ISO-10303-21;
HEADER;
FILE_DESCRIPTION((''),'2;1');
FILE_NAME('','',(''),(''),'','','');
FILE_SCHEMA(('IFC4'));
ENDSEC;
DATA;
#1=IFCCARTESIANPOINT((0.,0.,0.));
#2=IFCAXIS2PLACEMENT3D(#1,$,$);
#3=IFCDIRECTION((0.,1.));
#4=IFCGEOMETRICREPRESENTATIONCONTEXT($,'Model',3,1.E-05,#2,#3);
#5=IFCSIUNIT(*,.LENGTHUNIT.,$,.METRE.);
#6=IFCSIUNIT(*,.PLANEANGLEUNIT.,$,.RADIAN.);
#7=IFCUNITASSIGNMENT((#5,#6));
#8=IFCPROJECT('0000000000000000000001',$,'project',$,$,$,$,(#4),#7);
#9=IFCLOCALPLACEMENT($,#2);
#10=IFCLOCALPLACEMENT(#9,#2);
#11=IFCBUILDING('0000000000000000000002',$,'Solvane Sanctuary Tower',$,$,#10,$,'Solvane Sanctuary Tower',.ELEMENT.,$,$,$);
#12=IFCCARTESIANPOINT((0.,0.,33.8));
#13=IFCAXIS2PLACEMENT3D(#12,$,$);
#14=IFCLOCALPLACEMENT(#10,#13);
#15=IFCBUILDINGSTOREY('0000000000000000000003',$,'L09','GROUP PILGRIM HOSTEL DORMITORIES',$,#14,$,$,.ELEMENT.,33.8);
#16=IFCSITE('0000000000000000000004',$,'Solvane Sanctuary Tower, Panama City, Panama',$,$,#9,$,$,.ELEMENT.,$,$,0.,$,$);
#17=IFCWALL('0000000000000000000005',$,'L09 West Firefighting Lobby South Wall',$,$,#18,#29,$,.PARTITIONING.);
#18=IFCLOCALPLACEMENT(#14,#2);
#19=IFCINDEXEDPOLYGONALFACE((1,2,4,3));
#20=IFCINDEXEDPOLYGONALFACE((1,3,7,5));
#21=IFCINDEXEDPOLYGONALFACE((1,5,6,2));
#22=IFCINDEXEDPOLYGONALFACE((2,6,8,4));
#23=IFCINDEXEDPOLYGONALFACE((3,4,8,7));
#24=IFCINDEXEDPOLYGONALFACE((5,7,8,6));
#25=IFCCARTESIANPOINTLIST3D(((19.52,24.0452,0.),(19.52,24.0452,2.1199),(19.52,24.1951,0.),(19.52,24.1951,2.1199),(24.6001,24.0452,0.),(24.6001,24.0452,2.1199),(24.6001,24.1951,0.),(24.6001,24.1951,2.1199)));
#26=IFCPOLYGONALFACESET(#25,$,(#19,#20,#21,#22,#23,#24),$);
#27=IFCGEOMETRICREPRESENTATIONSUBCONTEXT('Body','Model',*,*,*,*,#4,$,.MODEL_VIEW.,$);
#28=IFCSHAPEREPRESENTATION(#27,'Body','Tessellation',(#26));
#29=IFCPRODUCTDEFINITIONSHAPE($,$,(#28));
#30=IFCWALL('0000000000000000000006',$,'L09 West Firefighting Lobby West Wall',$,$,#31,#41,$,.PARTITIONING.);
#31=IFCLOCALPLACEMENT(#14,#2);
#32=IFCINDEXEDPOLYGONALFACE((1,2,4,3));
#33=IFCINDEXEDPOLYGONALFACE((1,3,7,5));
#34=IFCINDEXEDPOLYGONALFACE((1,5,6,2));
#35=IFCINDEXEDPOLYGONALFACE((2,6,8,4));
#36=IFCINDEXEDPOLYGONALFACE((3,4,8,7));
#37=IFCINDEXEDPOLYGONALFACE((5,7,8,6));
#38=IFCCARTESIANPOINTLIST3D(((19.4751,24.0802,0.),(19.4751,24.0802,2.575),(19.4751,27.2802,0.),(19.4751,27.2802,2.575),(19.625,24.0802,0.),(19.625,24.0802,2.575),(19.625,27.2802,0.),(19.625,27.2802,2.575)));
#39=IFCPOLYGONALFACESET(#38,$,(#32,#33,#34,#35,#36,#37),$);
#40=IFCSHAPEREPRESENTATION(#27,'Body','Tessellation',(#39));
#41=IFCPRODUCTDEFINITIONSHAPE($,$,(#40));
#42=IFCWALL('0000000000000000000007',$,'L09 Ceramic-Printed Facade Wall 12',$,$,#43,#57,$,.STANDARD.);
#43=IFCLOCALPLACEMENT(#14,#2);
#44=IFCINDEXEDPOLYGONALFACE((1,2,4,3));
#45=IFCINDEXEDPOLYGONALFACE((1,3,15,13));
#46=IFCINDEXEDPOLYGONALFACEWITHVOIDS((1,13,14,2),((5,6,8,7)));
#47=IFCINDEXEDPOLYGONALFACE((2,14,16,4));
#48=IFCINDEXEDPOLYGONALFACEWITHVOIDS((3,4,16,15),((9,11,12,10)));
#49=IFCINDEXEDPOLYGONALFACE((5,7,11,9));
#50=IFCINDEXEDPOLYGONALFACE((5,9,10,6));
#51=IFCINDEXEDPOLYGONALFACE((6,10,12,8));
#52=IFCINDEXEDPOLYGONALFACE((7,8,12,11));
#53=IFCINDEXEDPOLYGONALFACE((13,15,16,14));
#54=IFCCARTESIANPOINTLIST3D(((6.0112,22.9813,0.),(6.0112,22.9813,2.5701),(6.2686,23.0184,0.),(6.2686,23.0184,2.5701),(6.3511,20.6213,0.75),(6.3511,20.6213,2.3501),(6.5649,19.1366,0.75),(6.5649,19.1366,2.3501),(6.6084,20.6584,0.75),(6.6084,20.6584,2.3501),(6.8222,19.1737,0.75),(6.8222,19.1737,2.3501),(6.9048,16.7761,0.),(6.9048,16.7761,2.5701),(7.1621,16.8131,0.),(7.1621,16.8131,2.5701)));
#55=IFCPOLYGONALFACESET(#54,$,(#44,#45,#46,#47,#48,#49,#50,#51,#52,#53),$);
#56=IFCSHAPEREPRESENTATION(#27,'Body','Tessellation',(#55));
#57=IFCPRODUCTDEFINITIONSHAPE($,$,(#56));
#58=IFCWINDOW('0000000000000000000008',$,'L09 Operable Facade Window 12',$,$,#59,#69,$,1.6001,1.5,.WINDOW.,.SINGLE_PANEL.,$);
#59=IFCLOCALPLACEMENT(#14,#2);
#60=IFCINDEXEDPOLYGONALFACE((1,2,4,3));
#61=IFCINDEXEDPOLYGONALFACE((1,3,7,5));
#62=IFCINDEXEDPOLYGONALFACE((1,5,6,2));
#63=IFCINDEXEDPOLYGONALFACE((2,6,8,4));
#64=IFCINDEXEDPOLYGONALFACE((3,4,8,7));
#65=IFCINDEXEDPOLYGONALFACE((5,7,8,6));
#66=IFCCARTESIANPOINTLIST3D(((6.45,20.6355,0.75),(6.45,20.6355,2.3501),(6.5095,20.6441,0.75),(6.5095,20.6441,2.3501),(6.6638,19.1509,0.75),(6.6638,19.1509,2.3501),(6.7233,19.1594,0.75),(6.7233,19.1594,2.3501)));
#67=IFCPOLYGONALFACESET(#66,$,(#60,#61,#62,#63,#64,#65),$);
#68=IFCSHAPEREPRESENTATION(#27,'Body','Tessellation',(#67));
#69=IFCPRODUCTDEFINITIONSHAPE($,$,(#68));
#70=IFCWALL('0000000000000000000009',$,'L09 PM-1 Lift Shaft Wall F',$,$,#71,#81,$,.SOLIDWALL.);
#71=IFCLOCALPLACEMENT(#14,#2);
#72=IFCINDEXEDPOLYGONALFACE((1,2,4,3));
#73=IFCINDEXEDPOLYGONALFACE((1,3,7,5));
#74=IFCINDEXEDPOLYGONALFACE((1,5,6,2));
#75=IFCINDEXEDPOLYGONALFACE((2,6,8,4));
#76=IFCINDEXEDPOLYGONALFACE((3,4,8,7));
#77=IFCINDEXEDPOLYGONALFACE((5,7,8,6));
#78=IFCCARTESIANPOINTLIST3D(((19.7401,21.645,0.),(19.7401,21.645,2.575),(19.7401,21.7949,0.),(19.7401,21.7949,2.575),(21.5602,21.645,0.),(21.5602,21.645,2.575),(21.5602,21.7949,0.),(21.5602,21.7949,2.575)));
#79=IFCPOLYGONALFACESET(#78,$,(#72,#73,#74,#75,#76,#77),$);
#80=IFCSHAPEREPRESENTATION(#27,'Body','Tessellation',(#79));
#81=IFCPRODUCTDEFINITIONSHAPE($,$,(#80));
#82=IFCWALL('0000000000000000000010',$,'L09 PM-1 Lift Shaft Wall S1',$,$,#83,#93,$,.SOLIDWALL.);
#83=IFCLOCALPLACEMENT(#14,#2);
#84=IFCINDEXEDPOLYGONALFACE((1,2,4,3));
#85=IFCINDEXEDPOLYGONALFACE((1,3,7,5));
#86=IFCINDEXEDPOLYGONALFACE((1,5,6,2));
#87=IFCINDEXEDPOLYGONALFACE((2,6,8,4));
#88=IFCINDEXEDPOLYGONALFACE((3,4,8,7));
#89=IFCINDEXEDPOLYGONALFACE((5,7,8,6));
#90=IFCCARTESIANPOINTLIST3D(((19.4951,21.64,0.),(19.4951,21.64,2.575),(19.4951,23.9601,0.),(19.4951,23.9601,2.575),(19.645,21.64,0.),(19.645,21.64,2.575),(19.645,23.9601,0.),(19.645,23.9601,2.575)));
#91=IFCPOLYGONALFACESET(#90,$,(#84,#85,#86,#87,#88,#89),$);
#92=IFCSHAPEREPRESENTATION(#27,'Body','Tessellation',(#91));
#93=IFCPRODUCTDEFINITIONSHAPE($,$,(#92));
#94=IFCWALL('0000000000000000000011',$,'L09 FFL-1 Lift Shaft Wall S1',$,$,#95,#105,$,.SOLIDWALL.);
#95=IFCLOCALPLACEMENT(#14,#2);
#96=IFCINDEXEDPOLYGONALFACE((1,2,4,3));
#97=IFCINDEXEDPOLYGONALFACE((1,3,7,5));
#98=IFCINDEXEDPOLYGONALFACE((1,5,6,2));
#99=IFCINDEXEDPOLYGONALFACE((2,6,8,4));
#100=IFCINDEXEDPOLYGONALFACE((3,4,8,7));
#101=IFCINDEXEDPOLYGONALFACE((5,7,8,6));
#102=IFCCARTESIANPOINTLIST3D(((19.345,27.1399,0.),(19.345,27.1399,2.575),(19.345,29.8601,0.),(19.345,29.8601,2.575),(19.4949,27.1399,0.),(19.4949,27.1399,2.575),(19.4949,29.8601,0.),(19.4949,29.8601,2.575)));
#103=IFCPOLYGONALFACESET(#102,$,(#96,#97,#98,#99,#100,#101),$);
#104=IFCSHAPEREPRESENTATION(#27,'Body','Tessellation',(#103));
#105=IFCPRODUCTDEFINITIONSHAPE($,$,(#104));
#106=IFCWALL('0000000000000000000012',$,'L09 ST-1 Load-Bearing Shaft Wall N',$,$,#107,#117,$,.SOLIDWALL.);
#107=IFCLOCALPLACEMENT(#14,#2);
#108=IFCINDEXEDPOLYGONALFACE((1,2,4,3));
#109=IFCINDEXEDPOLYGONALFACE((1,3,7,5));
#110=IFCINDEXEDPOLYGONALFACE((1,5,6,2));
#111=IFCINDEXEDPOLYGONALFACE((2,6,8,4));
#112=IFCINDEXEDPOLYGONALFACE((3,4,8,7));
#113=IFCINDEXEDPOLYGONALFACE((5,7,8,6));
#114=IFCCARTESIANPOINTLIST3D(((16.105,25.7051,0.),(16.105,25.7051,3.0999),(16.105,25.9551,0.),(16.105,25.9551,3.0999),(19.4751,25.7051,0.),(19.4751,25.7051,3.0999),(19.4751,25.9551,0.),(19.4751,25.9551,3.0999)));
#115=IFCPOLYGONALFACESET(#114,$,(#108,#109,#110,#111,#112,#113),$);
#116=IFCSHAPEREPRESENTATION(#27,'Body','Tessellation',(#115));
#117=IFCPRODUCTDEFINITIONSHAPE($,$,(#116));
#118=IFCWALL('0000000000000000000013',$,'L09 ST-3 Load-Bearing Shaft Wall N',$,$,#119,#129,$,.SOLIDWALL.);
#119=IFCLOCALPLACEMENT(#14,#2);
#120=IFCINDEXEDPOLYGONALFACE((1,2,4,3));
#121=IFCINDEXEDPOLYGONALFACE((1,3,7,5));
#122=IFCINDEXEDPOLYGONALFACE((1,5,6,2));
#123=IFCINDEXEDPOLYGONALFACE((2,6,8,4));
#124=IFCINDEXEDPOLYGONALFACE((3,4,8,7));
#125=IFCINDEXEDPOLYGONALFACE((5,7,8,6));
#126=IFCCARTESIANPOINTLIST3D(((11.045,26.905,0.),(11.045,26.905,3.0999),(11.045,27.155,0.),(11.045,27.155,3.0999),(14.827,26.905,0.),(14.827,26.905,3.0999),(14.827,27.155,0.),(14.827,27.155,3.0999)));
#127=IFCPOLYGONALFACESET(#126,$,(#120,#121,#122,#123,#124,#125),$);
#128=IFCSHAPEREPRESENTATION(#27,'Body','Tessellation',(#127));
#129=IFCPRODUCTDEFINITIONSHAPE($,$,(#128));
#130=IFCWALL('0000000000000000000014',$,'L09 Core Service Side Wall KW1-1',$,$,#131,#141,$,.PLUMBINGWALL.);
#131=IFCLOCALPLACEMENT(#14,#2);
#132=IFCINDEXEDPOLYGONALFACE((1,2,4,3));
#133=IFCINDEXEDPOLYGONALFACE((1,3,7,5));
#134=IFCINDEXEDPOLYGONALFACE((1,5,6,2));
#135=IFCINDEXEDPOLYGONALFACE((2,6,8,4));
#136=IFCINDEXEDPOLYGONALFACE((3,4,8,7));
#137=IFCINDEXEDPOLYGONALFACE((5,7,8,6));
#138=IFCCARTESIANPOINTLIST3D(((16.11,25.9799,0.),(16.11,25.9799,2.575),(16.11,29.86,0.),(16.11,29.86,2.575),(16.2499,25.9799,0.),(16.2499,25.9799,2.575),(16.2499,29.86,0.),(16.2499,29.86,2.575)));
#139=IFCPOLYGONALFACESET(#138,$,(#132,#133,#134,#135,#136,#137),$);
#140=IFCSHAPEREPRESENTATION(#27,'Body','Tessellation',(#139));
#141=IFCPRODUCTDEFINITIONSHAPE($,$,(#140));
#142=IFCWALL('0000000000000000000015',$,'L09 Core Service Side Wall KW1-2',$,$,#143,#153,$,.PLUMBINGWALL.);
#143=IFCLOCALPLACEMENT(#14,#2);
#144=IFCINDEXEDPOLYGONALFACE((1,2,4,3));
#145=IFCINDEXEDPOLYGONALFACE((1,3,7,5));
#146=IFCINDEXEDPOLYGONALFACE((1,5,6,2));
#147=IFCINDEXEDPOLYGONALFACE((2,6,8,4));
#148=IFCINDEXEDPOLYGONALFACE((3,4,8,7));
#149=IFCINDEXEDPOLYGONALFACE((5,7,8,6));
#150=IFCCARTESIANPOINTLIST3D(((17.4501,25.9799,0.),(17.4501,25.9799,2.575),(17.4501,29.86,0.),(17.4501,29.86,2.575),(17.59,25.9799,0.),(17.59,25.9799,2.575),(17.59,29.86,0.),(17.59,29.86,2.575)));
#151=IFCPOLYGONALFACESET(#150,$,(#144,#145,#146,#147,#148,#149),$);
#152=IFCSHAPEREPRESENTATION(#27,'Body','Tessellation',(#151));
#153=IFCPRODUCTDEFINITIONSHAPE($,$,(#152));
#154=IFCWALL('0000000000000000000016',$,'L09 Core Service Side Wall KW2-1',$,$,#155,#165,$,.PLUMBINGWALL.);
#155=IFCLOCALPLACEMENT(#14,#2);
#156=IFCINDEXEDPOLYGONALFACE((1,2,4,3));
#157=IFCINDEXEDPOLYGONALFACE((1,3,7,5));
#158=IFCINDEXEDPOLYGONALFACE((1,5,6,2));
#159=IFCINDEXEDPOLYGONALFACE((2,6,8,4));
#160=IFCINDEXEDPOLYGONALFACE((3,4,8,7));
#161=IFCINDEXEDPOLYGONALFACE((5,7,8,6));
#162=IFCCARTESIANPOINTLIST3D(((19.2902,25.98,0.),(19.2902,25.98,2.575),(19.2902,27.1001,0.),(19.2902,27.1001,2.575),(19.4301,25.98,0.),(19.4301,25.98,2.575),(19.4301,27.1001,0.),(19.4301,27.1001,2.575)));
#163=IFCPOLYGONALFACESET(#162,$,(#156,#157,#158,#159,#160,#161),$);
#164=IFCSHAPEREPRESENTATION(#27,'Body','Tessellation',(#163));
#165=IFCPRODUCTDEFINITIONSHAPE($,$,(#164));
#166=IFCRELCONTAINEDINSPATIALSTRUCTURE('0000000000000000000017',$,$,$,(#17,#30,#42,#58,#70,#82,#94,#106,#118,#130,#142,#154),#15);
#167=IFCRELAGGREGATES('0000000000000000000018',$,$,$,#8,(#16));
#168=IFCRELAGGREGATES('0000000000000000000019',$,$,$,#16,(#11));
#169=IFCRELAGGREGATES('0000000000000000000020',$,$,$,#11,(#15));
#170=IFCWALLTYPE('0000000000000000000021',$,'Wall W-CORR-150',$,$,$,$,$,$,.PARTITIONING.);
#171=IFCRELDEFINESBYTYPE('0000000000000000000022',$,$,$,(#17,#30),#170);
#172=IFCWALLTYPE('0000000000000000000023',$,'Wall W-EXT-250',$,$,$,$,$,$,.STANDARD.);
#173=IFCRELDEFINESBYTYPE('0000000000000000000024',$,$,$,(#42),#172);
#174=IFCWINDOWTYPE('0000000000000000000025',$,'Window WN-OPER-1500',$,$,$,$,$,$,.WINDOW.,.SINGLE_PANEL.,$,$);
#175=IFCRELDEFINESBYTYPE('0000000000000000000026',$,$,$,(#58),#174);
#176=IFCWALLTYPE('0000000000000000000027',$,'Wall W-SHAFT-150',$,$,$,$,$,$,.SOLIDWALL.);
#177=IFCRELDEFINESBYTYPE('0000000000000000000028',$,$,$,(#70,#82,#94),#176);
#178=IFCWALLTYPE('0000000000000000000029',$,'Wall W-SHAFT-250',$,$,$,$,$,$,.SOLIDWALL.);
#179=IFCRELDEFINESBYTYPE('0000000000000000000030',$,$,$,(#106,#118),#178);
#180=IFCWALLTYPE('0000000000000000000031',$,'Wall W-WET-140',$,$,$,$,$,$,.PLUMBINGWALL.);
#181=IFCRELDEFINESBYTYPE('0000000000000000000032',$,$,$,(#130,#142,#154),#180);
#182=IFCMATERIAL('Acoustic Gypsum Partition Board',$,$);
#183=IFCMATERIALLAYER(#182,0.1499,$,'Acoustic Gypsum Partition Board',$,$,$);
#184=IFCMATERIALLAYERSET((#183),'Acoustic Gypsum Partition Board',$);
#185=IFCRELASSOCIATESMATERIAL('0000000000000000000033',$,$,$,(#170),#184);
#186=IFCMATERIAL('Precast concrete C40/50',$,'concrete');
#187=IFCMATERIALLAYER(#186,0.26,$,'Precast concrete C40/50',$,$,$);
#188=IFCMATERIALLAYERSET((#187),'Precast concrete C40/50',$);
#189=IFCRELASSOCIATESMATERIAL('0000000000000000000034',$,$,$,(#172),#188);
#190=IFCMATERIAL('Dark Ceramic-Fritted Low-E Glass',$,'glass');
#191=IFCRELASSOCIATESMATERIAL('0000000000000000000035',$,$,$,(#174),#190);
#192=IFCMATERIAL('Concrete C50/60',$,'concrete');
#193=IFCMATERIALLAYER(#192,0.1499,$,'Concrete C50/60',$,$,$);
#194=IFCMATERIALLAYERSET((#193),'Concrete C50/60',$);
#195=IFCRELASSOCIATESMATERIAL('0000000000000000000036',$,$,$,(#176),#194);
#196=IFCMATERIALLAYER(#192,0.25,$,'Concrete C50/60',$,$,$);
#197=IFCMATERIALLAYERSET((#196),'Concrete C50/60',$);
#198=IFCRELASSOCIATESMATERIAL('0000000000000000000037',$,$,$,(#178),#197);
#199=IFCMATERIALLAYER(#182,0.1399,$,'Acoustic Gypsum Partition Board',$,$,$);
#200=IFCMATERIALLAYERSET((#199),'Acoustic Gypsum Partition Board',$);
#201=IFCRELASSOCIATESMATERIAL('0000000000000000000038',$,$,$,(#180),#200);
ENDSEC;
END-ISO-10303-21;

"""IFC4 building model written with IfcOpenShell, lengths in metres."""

from ifc_helpers import new_model, si_unit, direction, frame, frame_2d, origin, place, context, subcontext, project, spatial, rectangle, extrude, material, layer, layer_set, type_object, element, fill, save


model = new_model("IFC4")

# Units and contexts
model_context = context("Model", 3, precision=1e-05, world=origin(), true_north=direction((0.0, 1.0)))
body_context = subcontext(model_context, "Body", "Model", "MODEL_VIEW")
ifc_project = project(units=[si_unit("LENGTHUNIT", "METRE"), si_unit("PLANEANGLEUNIT", "RADIAN")], contexts=[model_context])

# Site, building, storey
site_placement = place(None, origin())
site = spatial("IfcSite", under=ifc_project, at=site_placement, Name="Solvane Sanctuary Tower, Panama City, Panama", CompositionType="ELEMENT", RefElevation=0.0)
building_placement = place(site_placement, origin())
building = spatial("IfcBuilding", under=site, at=building_placement, Name="Solvane Sanctuary Tower", LongName="Solvane Sanctuary Tower", CompositionType="ELEMENT")
storey_placement = place(building_placement, frame((0.0, 0.0, 33.8)))
storey = spatial("IfcBuildingStorey", under=building, at=storey_placement, Name="L09", Description="GROUP PILGRIM HOSTEL DORMITORIES", CompositionType="ELEMENT", Elevation=33.8)

# Walls
ifc_material_1 = material(Name="Acoustic Gypsum Partition Board")
ifc_layer_1 = layer(ifc_material_1, 0.1499, Name="Acoustic Gypsum Partition Board")
ifc_layer_set_1 = layer_set([ifc_layer_1], Name="Acoustic Gypsum Partition Board")
wall_type_1 = type_object("IfcWallType", Name="Wall W-CORR-150", PredefinedType="PARTITIONING", material=ifc_layer_set_1)
wall_1_placement = place(storey_placement, frame((19.52, 24.1201, 0.0), z_axis=(0.0, 0.0, 1.0), x_axis=(1.0, 0.0, 0.0)))
element("IfcWall", 1, at=wall_1_placement, inside=storey, type_object=wall_type_1, Name="L09 West Firefighting Lobby South Wall", PredefinedType="PARTITIONING", context=body_context, shape_type="SweptSolid", body=[
    extrude(rectangle(XDim=5.0801, YDim=0.1499, at=frame_2d((2.54, 0.0))), origin(), (0.0, 0.0, 1.0), 2.1199),
])
wall_2_placement = place(storey_placement, frame((19.55, 24.0801, 0.0), z_axis=(0.0, 0.0, 1.0), x_axis=(0.0, 1.0, 0.0)))
element("IfcWall", 2, at=wall_2_placement, inside=storey, type_object=wall_type_1, Name="L09 West Firefighting Lobby West Wall", PredefinedType="PARTITIONING", context=body_context, shape_type="SweptSolid", body=[
    extrude(rectangle(XDim=3.2, YDim=0.1499, at=frame_2d((1.6001, 0.0))), origin(), (0.0, 0.0, 1.0), 2.575),
])

# Wall, opening, window
ifc_material_2 = material(Name="Precast concrete C40/50", Category="concrete")
ifc_layer_2 = layer(ifc_material_2, 0.26, Name="Precast concrete C40/50")
ifc_layer_set_2 = layer_set([ifc_layer_2], Name="Precast concrete C40/50")
wall_type_2 = type_object("IfcWallType", Name="Wall W-EXT-250", PredefinedType="STANDARD", material=ifc_layer_set_2)
wall_3_placement = place(storey_placement, frame((6.1399, 23.0, 0.0), z_axis=(0.0, 0.0, 1.0), x_axis=(0.142528, -0.989791, 0.0)))
wall_3 = element("IfcWall", 3, at=wall_3_placement, inside=storey, type_object=wall_type_2, Name="L09 Ceramic-Printed Facade Wall 12", PredefinedType="STANDARD", context=body_context, shape_type="SweptSolid", body=[
    extrude(rectangle(XDim=6.2693, YDim=0.26, at=frame_2d((3.1348, 0.0))), origin(), (0.0, 0.0, 1.0), 2.5701),
])
opening_placement = place(wall_3_placement, frame((2.3845, 0.0, 0.75)))
opening = element("IfcOpeningElement", 4, at=opening_placement, cuts=wall_3, PredefinedType="OPENING", context=body_context, shape_type="SweptSolid", body=[
    extrude(rectangle(XDim=1.5, YDim=1.6001, at=frame_2d((0.75, 0.8))), frame((0.0, 0.1399, 0.0), z_axis=(0.0, -1.0, 0.0), x_axis=(1.0, 0.0, 0.0)), (0.0, 0.0, 1.0), 0.28),
])
ifc_material_3 = material(Name="Dark Ceramic-Fritted Low-E Glass", Category="glass")
window_type = type_object("IfcWindowType", Name="Window WN-OPER-1500", PartitioningType="SINGLE_PANEL", PredefinedType="WINDOW", material=ifc_material_3)
window_placement = place(opening_placement, origin())
window = element("IfcWindow", 5, at=window_placement, inside=storey, type_object=window_type, Name="L09 Operable Facade Window 12", OverallHeight=1.6001, OverallWidth=1.5, PartitioningType="SINGLE_PANEL", PredefinedType="WINDOW", context=body_context, shape_type="SweptSolid", body=[
    extrude(rectangle(XDim=1.5, YDim=1.6001, at=frame_2d((0.75, 0.8))), frame((0.0, 0.03, 0.0), z_axis=(0.0, -1.0, 0.0), x_axis=(1.0, 0.0, 0.0)), (0.0, 0.0, 1.0), 0.0601),
])
fill(opening, window)

# Walls
ifc_material_4 = material(Name="Concrete C50/60", Category="concrete")
ifc_layer_3 = layer(ifc_material_4, 0.1499, Name="Concrete C50/60")
ifc_layer_set_3 = layer_set([ifc_layer_3], Name="Concrete C50/60")
wall_type_3 = type_object("IfcWallType", Name="Wall W-SHAFT-150", PredefinedType="SOLIDWALL", material=ifc_layer_set_3)
wall_4_placement = place(storey_placement, frame((19.74, 21.72, 0.0), z_axis=(0.0, 0.0, 1.0), x_axis=(1.0, 0.0, 0.0)))
element("IfcWall", 6, at=wall_4_placement, inside=storey, type_object=wall_type_3, Name="L09 PM-1 Lift Shaft Wall F", PredefinedType="SOLIDWALL", context=body_context, shape_type="SweptSolid", body=[
    extrude(rectangle(XDim=1.8201, YDim=0.1499, at=frame_2d((0.9102, 0.0))), origin(), (0.0, 0.0, 1.0), 2.575),
])
wall_5_placement = place(storey_placement, frame((19.5701, 21.6399, 0.0), z_axis=(0.0, 0.0, 1.0), x_axis=(0.0, 1.0, 0.0)))
element("IfcWall", 7, at=wall_5_placement, inside=storey, type_object=wall_type_3, Name="L09 PM-1 Lift Shaft Wall S1", PredefinedType="SOLIDWALL", context=body_context, shape_type="SweptSolid", body=[
    extrude(rectangle(XDim=2.3201, YDim=0.1499, at=frame_2d((1.1602, 0.0))), origin(), (0.0, 0.0, 1.0), 2.575),
])
wall_6_placement = place(storey_placement, frame((19.4199, 27.1399, 0.0), z_axis=(0.0, 0.0, 1.0), x_axis=(0.0, 1.0, 0.0)))
element("IfcWall", 8, at=wall_6_placement, inside=storey, type_object=wall_type_3, Name="L09 FFL-1 Lift Shaft Wall S1", PredefinedType="SOLIDWALL", context=body_context, shape_type="SweptSolid", body=[
    extrude(rectangle(XDim=2.7202, YDim=0.1499, at=frame_2d((1.3601, 0.0))), origin(), (0.0, 0.0, 1.0), 2.575),
])
ifc_layer_4 = layer(ifc_material_4, 0.25, Name="Concrete C50/60")
ifc_layer_set_4 = layer_set([ifc_layer_4], Name="Concrete C50/60")
wall_type_4 = type_object("IfcWallType", Name="Wall W-SHAFT-250", PredefinedType="SOLIDWALL", material=ifc_layer_set_4)
wall_7_placement = place(storey_placement, frame((16.105, 25.8301, 0.0), z_axis=(0.0, 0.0, 1.0), x_axis=(1.0, 0.0, 0.0)))
element("IfcWall", 9, at=wall_7_placement, inside=storey, type_object=wall_type_4, Name="L09 ST-1 Load-Bearing Shaft Wall N", PredefinedType="SOLIDWALL", context=body_context, shape_type="SweptSolid", body=[
    extrude(rectangle(XDim=3.3701, YDim=0.25, at=frame_2d((1.6851, 0.0))), origin(), (0.0, 0.0, 1.0), 3.0999),
])
wall_8_placement = place(storey_placement, frame((11.0449, 27.03, 0.0), z_axis=(0.0, 0.0, 1.0), x_axis=(1.0, 0.0, 0.0)))
element("IfcWall", 10, at=wall_8_placement, inside=storey, type_object=wall_type_4, Name="L09 ST-3 Load-Bearing Shaft Wall N", PredefinedType="SOLIDWALL", context=body_context, shape_type="SweptSolid", body=[
    extrude(rectangle(XDim=3.782, YDim=0.25, at=frame_2d((1.8911, 0.0))), origin(), (0.0, 0.0, 1.0), 3.0999),
])
ifc_layer_5 = layer(ifc_material_1, 0.1399, Name="Acoustic Gypsum Partition Board")
ifc_layer_set_5 = layer_set([ifc_layer_5], Name="Acoustic Gypsum Partition Board")
wall_type_5 = type_object("IfcWallType", Name="Wall W-WET-140", PredefinedType="PLUMBINGWALL", material=ifc_layer_set_5)
for number, where, z_axis, x_axis, name in (
    (11, (16.1799, 25.98, 0.0), (0.0, 0.0, 1.0), (0.0, 1.0, 0.0), "L09 Core Service Side Wall KW1-1"),
    (12, (17.52, 25.98, 0.0), (0.0, 0.0, 1.0), (0.0, 1.0, 0.0), "L09 Core Service Side Wall KW1-2"),
):
    element("IfcWall", number, at=place(storey_placement, frame(where, z_axis=z_axis, x_axis=x_axis)), inside=storey, type_object=wall_type_5, Name=name, PredefinedType="PLUMBINGWALL", context=body_context, shape_type="SweptSolid", body=[
        extrude(rectangle(XDim=3.8801, YDim=0.1399, at=frame_2d((1.9399, 0.0))), origin(), (0.0, 0.0, 1.0), 2.575),
    ])
wall_9_placement = place(storey_placement, frame((19.3601, 25.98, 0.0), z_axis=(0.0, 0.0, 1.0), x_axis=(0.0, 1.0, 0.0)))
element("IfcWall", 13, at=wall_9_placement, inside=storey, type_object=wall_type_5, Name="L09 Core Service Side Wall KW2-1", PredefinedType="PLUMBINGWALL", context=body_context, shape_type="SweptSolid", body=[
    extrude(rectangle(XDim=1.1201, YDim=0.1399, at=frame_2d((0.5601, 0.0))), origin(), (0.0, 0.0, 1.0), 2.575),
])

save(model, "model.ifc")
